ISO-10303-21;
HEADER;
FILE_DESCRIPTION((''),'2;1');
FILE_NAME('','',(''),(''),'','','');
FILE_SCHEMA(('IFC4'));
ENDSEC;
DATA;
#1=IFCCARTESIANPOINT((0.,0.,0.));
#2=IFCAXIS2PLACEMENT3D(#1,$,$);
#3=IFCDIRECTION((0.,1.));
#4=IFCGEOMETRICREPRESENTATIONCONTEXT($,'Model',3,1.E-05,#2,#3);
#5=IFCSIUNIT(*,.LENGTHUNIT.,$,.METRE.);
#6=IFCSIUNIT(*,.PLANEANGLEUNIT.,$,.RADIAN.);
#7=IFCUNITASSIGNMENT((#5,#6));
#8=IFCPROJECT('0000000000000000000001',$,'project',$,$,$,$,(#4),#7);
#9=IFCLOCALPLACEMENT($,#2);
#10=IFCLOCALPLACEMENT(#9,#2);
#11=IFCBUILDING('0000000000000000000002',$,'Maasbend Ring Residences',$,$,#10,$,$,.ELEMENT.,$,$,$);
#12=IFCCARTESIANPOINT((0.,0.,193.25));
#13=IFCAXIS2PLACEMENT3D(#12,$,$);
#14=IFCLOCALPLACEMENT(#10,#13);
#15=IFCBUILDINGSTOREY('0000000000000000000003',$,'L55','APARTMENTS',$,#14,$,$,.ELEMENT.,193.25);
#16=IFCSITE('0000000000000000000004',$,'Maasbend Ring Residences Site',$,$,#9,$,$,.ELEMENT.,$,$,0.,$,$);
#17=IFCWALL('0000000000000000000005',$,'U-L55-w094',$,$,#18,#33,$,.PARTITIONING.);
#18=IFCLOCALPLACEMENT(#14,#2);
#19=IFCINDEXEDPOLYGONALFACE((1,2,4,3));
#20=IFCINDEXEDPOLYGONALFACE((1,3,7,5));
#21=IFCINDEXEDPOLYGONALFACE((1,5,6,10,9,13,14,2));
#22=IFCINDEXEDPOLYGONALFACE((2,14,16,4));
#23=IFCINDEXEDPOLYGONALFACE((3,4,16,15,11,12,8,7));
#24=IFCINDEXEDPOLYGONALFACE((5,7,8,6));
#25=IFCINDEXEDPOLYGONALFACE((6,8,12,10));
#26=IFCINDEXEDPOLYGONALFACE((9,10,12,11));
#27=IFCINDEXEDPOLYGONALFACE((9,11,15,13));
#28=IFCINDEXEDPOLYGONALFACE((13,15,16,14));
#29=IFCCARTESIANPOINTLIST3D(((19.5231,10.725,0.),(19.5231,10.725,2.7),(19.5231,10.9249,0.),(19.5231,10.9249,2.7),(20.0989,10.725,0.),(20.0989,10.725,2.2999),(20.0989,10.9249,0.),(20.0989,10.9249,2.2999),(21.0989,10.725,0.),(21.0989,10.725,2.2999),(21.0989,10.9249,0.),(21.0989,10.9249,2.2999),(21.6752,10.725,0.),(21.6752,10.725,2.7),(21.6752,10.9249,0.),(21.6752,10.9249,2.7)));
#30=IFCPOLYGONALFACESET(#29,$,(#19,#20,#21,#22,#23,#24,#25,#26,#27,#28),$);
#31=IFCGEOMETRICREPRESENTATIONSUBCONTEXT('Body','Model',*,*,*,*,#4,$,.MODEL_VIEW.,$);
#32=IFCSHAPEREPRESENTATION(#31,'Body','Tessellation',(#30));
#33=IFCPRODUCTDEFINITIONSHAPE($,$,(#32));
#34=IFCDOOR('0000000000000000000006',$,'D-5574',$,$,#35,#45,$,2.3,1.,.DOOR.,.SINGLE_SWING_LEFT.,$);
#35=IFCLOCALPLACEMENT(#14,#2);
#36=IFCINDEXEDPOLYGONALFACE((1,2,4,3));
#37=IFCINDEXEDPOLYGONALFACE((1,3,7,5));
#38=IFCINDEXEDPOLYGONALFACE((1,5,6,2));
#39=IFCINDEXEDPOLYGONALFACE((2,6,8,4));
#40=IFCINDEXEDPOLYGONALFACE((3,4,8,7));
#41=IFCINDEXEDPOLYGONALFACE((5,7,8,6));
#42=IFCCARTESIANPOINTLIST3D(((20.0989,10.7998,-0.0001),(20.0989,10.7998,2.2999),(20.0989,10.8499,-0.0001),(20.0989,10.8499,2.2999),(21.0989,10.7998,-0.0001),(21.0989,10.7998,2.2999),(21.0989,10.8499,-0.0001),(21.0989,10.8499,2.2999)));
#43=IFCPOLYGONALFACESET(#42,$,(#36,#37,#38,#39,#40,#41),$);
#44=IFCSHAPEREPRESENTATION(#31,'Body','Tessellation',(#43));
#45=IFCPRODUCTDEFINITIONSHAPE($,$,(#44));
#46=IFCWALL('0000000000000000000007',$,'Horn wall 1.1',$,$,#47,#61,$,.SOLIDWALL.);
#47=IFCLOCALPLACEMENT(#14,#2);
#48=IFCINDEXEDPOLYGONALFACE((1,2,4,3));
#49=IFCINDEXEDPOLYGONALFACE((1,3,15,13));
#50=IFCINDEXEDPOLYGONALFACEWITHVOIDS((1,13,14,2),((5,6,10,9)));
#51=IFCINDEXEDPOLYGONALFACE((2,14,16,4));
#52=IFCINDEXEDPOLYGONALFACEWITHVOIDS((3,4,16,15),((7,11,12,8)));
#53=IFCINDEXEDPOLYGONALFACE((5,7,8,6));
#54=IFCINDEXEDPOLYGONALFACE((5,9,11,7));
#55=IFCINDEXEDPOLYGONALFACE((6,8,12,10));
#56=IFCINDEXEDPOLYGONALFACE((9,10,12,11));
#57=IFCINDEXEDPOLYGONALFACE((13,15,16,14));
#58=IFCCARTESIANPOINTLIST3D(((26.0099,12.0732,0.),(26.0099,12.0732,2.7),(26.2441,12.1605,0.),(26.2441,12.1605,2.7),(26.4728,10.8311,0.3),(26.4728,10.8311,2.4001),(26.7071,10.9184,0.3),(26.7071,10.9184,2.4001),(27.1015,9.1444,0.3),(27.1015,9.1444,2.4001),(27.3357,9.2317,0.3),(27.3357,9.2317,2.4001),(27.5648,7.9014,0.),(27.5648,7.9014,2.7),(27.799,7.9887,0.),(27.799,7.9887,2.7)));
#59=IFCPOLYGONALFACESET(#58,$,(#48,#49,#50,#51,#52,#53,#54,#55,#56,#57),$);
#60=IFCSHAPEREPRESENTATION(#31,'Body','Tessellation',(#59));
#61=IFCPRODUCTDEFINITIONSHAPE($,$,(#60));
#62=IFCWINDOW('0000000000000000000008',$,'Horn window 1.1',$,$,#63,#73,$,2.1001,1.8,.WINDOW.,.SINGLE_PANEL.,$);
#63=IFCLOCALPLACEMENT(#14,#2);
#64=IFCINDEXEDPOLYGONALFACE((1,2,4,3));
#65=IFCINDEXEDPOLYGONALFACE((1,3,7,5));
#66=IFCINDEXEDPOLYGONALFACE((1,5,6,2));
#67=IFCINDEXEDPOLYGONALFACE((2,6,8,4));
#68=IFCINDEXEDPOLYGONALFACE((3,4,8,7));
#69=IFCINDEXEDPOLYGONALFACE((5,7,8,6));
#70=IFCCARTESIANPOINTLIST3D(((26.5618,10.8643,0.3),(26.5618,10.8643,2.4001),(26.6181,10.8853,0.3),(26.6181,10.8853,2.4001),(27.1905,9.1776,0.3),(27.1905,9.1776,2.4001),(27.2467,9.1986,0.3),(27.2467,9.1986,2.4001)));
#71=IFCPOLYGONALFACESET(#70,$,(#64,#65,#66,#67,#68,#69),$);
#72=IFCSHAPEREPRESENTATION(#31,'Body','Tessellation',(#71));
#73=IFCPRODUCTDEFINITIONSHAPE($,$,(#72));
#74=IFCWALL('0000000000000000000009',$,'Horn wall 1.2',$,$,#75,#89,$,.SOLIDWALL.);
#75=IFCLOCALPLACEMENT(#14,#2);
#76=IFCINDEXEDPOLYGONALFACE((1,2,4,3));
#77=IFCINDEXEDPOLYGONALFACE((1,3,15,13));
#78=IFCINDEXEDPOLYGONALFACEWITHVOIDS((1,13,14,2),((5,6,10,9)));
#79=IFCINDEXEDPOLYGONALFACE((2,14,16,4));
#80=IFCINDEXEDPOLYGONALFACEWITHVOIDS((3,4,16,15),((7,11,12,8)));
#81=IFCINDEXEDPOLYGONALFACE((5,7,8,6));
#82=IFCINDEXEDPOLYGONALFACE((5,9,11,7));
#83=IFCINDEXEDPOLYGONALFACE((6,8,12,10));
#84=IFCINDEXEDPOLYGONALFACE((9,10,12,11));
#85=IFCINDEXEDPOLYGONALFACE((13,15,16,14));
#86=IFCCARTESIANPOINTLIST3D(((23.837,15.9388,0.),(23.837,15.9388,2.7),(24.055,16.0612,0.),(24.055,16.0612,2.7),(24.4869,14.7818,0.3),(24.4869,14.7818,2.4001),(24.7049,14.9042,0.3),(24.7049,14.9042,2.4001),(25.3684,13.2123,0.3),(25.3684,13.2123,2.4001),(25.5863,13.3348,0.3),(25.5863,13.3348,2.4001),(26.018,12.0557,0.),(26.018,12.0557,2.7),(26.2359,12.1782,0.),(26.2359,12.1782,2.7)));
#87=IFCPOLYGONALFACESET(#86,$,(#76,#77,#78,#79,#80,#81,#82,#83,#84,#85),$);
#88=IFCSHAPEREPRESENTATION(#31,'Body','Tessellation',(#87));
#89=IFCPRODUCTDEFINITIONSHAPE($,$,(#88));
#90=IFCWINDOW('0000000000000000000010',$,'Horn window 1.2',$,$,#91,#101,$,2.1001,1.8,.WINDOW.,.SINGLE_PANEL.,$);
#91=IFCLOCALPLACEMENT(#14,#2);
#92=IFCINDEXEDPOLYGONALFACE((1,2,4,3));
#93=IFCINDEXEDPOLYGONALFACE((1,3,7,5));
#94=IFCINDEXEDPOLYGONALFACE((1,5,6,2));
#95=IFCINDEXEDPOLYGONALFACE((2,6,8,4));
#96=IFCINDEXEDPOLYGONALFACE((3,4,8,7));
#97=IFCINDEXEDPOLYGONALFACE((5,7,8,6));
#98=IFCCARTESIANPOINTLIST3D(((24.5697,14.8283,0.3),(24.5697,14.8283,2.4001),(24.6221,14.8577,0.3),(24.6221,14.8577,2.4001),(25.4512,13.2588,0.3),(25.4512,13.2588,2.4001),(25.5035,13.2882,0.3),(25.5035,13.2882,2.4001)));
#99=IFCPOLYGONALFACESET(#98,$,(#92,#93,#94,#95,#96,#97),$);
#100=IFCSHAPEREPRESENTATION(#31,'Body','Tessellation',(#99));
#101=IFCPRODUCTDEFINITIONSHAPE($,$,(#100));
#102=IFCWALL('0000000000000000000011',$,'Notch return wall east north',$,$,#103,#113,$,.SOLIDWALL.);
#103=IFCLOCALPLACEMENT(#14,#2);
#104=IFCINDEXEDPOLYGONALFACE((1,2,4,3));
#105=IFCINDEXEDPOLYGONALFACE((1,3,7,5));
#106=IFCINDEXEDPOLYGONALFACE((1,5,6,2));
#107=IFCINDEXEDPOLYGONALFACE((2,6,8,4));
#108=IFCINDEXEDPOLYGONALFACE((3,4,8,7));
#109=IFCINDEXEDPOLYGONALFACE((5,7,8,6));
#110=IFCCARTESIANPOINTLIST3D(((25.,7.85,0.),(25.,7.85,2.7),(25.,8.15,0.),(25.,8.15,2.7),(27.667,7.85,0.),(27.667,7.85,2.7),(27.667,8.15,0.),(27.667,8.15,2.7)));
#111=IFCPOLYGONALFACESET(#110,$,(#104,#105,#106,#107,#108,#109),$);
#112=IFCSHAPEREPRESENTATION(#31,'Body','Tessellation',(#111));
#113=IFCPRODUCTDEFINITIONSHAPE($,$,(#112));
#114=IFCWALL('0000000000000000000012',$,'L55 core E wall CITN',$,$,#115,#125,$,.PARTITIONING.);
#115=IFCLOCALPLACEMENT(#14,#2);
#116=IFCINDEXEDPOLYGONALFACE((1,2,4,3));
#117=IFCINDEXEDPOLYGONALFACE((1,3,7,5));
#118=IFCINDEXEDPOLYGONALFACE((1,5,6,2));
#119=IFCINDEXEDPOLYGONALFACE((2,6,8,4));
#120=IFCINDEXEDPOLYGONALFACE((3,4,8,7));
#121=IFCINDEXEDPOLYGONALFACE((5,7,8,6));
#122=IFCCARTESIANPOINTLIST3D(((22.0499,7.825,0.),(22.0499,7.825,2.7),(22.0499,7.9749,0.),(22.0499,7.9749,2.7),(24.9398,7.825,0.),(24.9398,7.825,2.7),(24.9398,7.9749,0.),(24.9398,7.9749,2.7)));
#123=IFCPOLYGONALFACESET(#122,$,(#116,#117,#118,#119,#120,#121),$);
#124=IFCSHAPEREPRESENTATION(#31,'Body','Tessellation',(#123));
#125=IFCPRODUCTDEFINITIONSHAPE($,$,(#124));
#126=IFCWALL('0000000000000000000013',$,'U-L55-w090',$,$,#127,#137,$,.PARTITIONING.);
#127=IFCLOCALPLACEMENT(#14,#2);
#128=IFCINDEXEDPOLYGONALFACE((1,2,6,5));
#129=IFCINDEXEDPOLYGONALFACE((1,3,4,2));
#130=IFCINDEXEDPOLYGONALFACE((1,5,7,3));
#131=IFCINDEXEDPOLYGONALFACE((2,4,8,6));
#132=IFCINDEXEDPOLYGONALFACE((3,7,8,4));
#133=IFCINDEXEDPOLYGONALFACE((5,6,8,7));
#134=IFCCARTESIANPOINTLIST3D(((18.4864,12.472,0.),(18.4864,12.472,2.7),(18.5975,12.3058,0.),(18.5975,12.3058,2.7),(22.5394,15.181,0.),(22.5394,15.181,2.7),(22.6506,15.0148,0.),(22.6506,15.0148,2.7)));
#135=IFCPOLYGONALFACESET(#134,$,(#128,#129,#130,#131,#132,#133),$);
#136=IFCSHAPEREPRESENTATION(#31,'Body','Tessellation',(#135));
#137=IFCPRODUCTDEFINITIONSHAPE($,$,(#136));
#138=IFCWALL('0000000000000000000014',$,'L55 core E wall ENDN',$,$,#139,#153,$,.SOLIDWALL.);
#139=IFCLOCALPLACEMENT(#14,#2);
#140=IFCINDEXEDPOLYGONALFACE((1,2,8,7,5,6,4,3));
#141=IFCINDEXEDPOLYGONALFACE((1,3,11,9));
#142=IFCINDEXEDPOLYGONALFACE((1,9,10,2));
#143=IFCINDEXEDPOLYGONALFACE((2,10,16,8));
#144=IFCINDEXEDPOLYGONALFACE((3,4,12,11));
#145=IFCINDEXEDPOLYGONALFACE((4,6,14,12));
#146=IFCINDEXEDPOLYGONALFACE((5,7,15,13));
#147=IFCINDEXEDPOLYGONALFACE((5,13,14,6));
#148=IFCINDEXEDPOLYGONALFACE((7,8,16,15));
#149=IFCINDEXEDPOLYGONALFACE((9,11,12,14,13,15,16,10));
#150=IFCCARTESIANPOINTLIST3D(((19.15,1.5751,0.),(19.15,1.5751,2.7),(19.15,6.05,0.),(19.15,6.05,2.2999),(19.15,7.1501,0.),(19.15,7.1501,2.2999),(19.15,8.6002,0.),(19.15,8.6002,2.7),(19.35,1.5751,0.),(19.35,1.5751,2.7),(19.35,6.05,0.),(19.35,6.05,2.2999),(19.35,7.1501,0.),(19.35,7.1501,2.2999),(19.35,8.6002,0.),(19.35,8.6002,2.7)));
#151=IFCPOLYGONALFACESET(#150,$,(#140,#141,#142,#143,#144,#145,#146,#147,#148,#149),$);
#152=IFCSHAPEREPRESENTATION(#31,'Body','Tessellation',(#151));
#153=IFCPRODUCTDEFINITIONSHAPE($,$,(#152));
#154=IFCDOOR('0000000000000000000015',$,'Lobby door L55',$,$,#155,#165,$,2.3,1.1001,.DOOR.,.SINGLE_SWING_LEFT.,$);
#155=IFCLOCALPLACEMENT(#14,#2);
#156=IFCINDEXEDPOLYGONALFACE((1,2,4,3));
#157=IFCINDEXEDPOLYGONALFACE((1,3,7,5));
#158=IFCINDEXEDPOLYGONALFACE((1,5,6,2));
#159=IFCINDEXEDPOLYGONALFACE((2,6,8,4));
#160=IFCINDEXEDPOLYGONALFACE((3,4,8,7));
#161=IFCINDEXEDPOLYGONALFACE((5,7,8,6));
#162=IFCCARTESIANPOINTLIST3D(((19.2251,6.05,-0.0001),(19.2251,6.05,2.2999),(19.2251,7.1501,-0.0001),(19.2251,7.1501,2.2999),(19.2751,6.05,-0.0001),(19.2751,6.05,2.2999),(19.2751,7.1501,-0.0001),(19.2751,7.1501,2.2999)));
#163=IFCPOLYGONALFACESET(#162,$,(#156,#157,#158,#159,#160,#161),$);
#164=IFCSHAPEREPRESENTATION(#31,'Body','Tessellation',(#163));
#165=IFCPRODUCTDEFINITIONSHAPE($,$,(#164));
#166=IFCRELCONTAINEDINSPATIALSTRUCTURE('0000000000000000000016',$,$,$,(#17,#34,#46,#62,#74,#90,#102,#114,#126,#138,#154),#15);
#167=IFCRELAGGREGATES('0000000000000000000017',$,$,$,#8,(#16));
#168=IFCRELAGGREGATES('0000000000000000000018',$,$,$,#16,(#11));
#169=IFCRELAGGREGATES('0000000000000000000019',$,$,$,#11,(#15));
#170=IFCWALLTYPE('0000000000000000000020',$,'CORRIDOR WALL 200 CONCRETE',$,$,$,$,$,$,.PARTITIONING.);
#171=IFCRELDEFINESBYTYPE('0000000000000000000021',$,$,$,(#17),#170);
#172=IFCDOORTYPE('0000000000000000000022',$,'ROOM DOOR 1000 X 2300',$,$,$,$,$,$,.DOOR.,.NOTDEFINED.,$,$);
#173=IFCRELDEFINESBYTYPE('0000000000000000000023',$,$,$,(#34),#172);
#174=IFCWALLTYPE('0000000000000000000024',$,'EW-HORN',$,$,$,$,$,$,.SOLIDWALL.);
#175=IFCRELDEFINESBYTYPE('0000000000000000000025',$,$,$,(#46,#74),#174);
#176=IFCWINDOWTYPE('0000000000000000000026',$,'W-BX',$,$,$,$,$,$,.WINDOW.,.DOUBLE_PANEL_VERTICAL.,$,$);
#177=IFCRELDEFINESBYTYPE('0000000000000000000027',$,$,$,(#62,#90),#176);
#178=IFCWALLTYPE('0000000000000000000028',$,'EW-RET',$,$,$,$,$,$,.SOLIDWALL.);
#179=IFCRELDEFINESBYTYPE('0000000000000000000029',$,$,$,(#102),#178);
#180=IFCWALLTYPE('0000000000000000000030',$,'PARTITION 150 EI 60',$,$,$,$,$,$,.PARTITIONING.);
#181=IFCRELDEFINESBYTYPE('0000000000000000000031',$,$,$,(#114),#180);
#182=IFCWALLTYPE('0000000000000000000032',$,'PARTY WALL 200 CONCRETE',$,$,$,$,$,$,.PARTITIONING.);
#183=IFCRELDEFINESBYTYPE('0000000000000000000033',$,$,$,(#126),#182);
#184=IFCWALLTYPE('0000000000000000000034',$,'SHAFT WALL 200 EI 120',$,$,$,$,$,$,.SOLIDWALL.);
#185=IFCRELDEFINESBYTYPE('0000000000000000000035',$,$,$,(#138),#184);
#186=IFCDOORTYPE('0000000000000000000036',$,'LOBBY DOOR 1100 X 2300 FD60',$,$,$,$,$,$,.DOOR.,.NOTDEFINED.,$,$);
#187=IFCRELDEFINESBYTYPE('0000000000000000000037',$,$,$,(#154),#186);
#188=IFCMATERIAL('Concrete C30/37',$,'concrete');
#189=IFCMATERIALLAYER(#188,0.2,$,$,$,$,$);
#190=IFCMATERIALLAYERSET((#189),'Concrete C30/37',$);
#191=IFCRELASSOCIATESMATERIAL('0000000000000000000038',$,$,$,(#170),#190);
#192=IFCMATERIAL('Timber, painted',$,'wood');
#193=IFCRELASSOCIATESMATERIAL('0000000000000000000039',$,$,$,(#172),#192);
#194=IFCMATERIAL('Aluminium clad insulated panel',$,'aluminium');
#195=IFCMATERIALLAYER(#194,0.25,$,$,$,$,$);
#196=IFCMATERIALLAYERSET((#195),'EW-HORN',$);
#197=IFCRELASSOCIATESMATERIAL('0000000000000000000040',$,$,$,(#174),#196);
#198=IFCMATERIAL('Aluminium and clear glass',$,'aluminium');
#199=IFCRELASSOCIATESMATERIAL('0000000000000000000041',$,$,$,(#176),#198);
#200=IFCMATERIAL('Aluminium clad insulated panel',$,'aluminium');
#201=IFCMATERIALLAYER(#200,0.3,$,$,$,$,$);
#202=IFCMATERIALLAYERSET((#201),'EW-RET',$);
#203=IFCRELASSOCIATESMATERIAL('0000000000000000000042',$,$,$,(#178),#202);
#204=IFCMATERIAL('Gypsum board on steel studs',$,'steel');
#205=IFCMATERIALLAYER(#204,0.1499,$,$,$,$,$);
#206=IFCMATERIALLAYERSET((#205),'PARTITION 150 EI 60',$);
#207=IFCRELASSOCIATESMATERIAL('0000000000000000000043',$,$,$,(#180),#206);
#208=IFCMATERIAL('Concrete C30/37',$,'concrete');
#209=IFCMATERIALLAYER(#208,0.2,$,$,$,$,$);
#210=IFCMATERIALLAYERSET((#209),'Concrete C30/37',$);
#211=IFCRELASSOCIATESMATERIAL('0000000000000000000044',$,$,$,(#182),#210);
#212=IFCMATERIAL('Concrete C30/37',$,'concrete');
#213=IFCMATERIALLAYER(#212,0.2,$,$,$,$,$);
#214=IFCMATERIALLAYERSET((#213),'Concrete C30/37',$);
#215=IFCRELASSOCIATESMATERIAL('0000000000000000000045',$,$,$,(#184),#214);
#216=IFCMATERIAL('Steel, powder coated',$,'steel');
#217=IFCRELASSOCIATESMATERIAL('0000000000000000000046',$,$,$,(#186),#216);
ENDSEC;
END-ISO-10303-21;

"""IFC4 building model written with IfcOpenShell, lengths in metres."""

from ifc_helpers import new_model, si_unit, direction, frame, frame_2d, origin, place, context, subcontext, project, spatial, rectangle, extrude, material, layer, layer_set, type_object, element, fill, save


model = new_model("IFC4")

# Units and contexts
model_context = context("Model", 3, precision=1e-05, world=origin(), true_north=direction((0.0, 1.0)))
body_context = subcontext(model_context, "Body", "Model", "MODEL_VIEW")
ifc_project = project(units=[si_unit("LENGTHUNIT", "METRE"), si_unit("PLANEANGLEUNIT", "RADIAN")], contexts=[model_context])

# Site, building, storey
site_placement = place(None, origin())
site = spatial("IfcSite", under=ifc_project, at=site_placement, Name="Maasbend Ring Residences Site", CompositionType="ELEMENT", RefElevation=0.0)
building_placement = place(site_placement, origin())
building = spatial("IfcBuilding", under=site, at=building_placement, Name="Maasbend Ring Residences", CompositionType="ELEMENT")
storey_placement = place(building_placement, frame((0.0, 0.0, 193.25)))
storey = spatial("IfcBuildingStorey", under=building, at=storey_placement, Name="L55", Description="APARTMENTS", CompositionType="ELEMENT", Elevation=193.25)

# Shared definitions
ifc_material_1 = material(Name="Concrete C30/37", Category="concrete")
ifc_layer_1 = layer(ifc_material_1, 0.2)
ifc_layer_set_1 = layer_set([ifc_layer_1], Name="Concrete C30/37")
wall_type_1 = type_object("IfcWallType", Name="CORRIDOR WALL 200 CONCRETE", PredefinedType="PARTITIONING", material=ifc_layer_set_1)

# Wall, opening, door
wall_1_placement = place(storey_placement, frame((19.5229, 10.825, 0.0), z_axis=(0.0, 0.0, 1.0), x_axis=(1.0, 0.0, 0.0)))
wall_1 = element("IfcWall", 1, at=wall_1_placement, inside=storey, type_object=wall_type_1, Name="U-L55-w094", PredefinedType="PARTITIONING", context=body_context, shape_type="SweptSolid", body=[
    extrude(rectangle(XDim=2.1521, YDim=0.2, at=frame_2d((1.0762, 0.0))), origin(), (0.0, 0.0, 1.0), 2.7),
])
opening_1_placement = place(wall_1_placement, frame((0.5759, 0.0, 0.0)))
opening_1 = element("IfcOpeningElement", 2, at=opening_1_placement, cuts=wall_1, PredefinedType="OPENING", context=body_context, shape_type="SweptSolid", body=[
    extrude(rectangle(XDim=1.0, YDim=2.3, at=frame_2d((0.5, 1.1499))), frame((0.0, 0.1099, 0.0), z_axis=(0.0, -1.0, 0.0), x_axis=(1.0, 0.0, 0.0)), (0.0, 0.0, 1.0), 0.22),
])
ifc_material_2 = material(Name="Timber, painted", Category="wood")
door_type_1 = type_object("IfcDoorType", Name="ROOM DOOR 1000 X 2300", OperationType="NOTDEFINED", PredefinedType="DOOR", material=ifc_material_2)
door_1_placement = place(opening_1_placement, origin())
door_1 = element("IfcDoor", 3, at=door_1_placement, inside=storey, type_object=door_type_1, Name="D-5574", OperationType="SINGLE_SWING_LEFT", OverallHeight=2.3, OverallWidth=1.0, PredefinedType="DOOR", context=body_context, shape_type="SweptSolid", body=[
    extrude(rectangle(XDim=1.0, YDim=2.3, at=frame_2d((0.5, 1.1499))), frame((0.0, 0.0249, 0.0), z_axis=(0.0, -1.0, 0.0), x_axis=(1.0, 0.0, 0.0)), (0.0, 0.0, 1.0), 0.05),
])
fill(opening_1, door_1)

# Walls, openings, windows
ifc_material_3 = material(Name="Aluminium clad insulated panel", Category="aluminium")
ifc_layer_2 = layer(ifc_material_3, 0.25)
ifc_layer_set_2 = layer_set([ifc_layer_2], Name="EW-HORN")
wall_type_2 = type_object("IfcWallType", Name="EW-HORN", PredefinedType="SOLIDWALL", material=ifc_layer_set_2)
wall_2_placement = place(storey_placement, frame((27.6819, 7.9451, 0.0), z_axis=(0.0, 0.0, 1.0), x_axis=(-0.349248, 0.93703, 0.0)))
wall_2 = element("IfcWall", 4, at=wall_2_placement, inside=storey, type_object=wall_type_2, Name="Horn wall 1.1", PredefinedType="SOLIDWALL", context=body_context, shape_type="SweptSolid", body=[
    extrude(rectangle(XDim=4.4521, YDim=0.25, at=frame_2d((2.2261, 0.0))), origin(), (0.0, 0.0, 1.0), 2.7),
])
opening_2_placement = place(wall_2_placement, frame((1.3267, 0.0, 0.3)))
opening_2 = element("IfcOpeningElement", 5, at=opening_2_placement, cuts=wall_2, PredefinedType="OPENING", context=body_context, shape_type="SweptSolid", body=[
    extrude(rectangle(XDim=1.8, YDim=2.1001, at=frame_2d((0.8999, 1.05))), frame((0.0, 0.135, 0.0), z_axis=(0.0, -1.0, 0.0), x_axis=(1.0, 0.0, 0.0)), (0.0, 0.0, 1.0), 0.27),
])
ifc_material_4 = material(Name="Aluminium and clear glass", Category="aluminium")
window_type = type_object("IfcWindowType", Name="W-BX", PartitioningType="DOUBLE_PANEL_VERTICAL", PredefinedType="WINDOW", material=ifc_material_4)
window_1_placement = place(opening_2_placement, origin())
window_1 = element("IfcWindow", 6, at=window_1_placement, inside=storey, type_object=window_type, Name="Horn window 1.1", OverallHeight=2.1001, OverallWidth=1.8, PartitioningType="SINGLE_PANEL", PredefinedType="WINDOW", context=body_context, shape_type="SweptSolid", body=[
    extrude(rectangle(XDim=1.8, YDim=2.1001, at=frame_2d((0.8999, 1.05))), frame((0.0, 0.03, 0.0), z_axis=(0.0, -1.0, 0.0), x_axis=(1.0, 0.0, 0.0)), (0.0, 0.0, 1.0), 0.0601),
])
fill(opening_2, window_1)
wall_3_placement = place(storey_placement, frame((26.127, 12.1169, 0.0), z_axis=(0.0, 0.0, 1.0), x_axis=(-0.489696, 0.871893, 0.0)))
wall_3 = element("IfcWall", 7, at=wall_3_placement, inside=storey, type_object=wall_type_2, Name="Horn wall 1.2", PredefinedType="SOLIDWALL", context=body_context, shape_type="SweptSolid", body=[
    extrude(rectangle(XDim=4.4536, YDim=0.25, at=frame_2d((2.2268, 0.0))), origin(), (0.0, 0.0, 1.0), 2.7),
])
opening_3_placement = place(wall_3_placement, frame((1.3267, 0.0, 0.3)))
opening_3 = element("IfcOpeningElement", 8, at=opening_3_placement, cuts=wall_3, PredefinedType="OPENING", context=body_context, shape_type="SweptSolid", body=[
    extrude(rectangle(XDim=1.8, YDim=2.1001, at=frame_2d((0.8999, 1.05))), frame((0.0, 0.135, 0.0), z_axis=(0.0, -1.0, 0.0), x_axis=(1.0, 0.0, 0.0)), (0.0, 0.0, 1.0), 0.27),
])
window_2_placement = place(opening_3_placement, origin())
window_2 = element("IfcWindow", 9, at=window_2_placement, inside=storey, type_object=window_type, Name="Horn window 1.2", OverallHeight=2.1001, OverallWidth=1.8, PartitioningType="SINGLE_PANEL", PredefinedType="WINDOW", context=body_context, shape_type="SweptSolid", body=[
    extrude(rectangle(XDim=1.8, YDim=2.1001, at=frame_2d((0.8999, 1.05))), frame((0.0, 0.03, 0.0), z_axis=(0.0, -1.0, 0.0), x_axis=(1.0, 0.0, 0.0)), (0.0, 0.0, 1.0), 0.0601),
])
fill(opening_3, window_2)

# Walls
ifc_material_5 = material(Name="Aluminium clad insulated panel", Category="aluminium")
ifc_layer_3 = layer(ifc_material_5, 0.3)
ifc_layer_set_3 = layer_set([ifc_layer_3], Name="EW-RET")
wall_type_3 = type_object("IfcWallType", Name="EW-RET", PredefinedType="SOLIDWALL", material=ifc_layer_set_3)
wall_4_placement = place(storey_placement, frame((25.0, 8.0, 0.0), z_axis=(0.0, 0.0, 1.0), x_axis=(1.0, 0.0, 0.0)))
element("IfcWall", 10, at=wall_4_placement, inside=storey, type_object=wall_type_3, Name="Notch return wall east north", PredefinedType="SOLIDWALL", context=body_context, shape_type="SweptSolid", body=[
    extrude(rectangle(XDim=2.667, YDim=0.3, at=frame_2d((1.3335, 0.0))), origin(), (0.0, 0.0, 1.0), 2.7),
])
ifc_material_6 = material(Name="Gypsum board on steel studs", Category="steel")
ifc_layer_4 = layer(ifc_material_6, 0.1499)
ifc_layer_set_4 = layer_set([ifc_layer_4], Name="PARTITION 150 EI 60")
wall_type_4 = type_object("IfcWallType", Name="PARTITION 150 EI 60", PredefinedType="PARTITIONING", material=ifc_layer_set_4)
wall_5_placement = place(storey_placement, frame((22.05, 7.8999, 0.0), z_axis=(0.0, 0.0, 1.0), x_axis=(1.0, 0.0, 0.0)))
element("IfcWall", 11, at=wall_5_placement, inside=storey, type_object=wall_type_4, Name="L55 core E wall CITN", PredefinedType="PARTITIONING", context=body_context, shape_type="SweptSolid", body=[
    extrude(rectangle(XDim=2.8899, YDim=0.1499, at=frame_2d((1.4448, 0.0))), origin(), (0.0, 0.0, 1.0), 2.7),
])
ifc_material_7 = material(Name="Concrete C30/37", Category="concrete")
ifc_layer_5 = layer(ifc_material_7, 0.2)
ifc_layer_set_5 = layer_set([ifc_layer_5], Name="Concrete C30/37")
wall_type_5 = type_object("IfcWallType", Name="PARTY WALL 200 CONCRETE", PredefinedType="PARTITIONING", material=ifc_layer_set_5)
wall_6_placement = place(storey_placement, frame((18.542, 12.3889, 0.0), z_axis=(0.0, 0.0, 1.0), x_axis=(0.831387, 0.555694, 0.0)))
element("IfcWall", 12, at=wall_6_placement, inside=storey, type_object=wall_type_5, Name="U-L55-w090", PredefinedType="PARTITIONING", context=body_context, shape_type="SweptSolid", body=[
    extrude(rectangle(XDim=4.875, YDim=0.2, at=frame_2d((2.4375, 0.0))), origin(), (0.0, 0.0, 1.0), 2.7),
])

# Wall, opening, door
ifc_material_8 = material(Name="Concrete C30/37", Category="concrete")
ifc_layer_6 = layer(ifc_material_8, 0.2)
ifc_layer_set_6 = layer_set([ifc_layer_6], Name="Concrete C30/37")
wall_type_6 = type_object("IfcWallType", Name="SHAFT WALL 200 EI 120", PredefinedType="SOLIDWALL", material=ifc_layer_set_6)
wall_7_placement = place(storey_placement, frame((19.25, 1.575, 0.0), z_axis=(0.0, 0.0, 1.0), x_axis=(0.0, 1.0, 0.0)))
wall_7 = element("IfcWall", 13, at=wall_7_placement, inside=storey, type_object=wall_type_6, Name="L55 core E wall ENDN", PredefinedType="SOLIDWALL", context=body_context, shape_type="SweptSolid", body=[
    extrude(rectangle(XDim=7.0251, YDim=0.2, at=frame_2d((3.5127, 0.0))), origin(), (0.0, 0.0, 1.0), 2.7),
])
opening_4_placement = place(wall_7_placement, frame((4.4751, 0.0, 0.0)))
opening_4 = element("IfcOpeningElement", 14, at=opening_4_placement, cuts=wall_7, PredefinedType="OPENING", context=body_context, shape_type="SweptSolid", body=[
    extrude(rectangle(XDim=1.1001, YDim=2.3, at=frame_2d((0.55, 1.1499))), frame((0.0, 0.1099, 0.0), z_axis=(0.0, -1.0, 0.0), x_axis=(1.0, 0.0, 0.0)), (0.0, 0.0, 1.0), 0.22),
])
ifc_material_9 = material(Name="Steel, powder coated", Category="steel")
door_type_2 = type_object("IfcDoorType", Name="LOBBY DOOR 1100 X 2300 FD60", OperationType="NOTDEFINED", PredefinedType="DOOR", material=ifc_material_9)
door_2_placement = place(opening_4_placement, origin())
door_2 = element("IfcDoor", 15, at=door_2_placement, inside=storey, type_object=door_type_2, Name="Lobby door L55", OperationType="SINGLE_SWING_LEFT", OverallHeight=2.3, OverallWidth=1.1001, PredefinedType="DOOR", context=body_context, shape_type="SweptSolid", body=[
    extrude(rectangle(XDim=1.1001, YDim=2.3, at=frame_2d((0.55, 1.1499))), frame((0.0, 0.0249, 0.0), z_axis=(0.0, -1.0, 0.0), x_axis=(1.0, 0.0, 0.0)), (0.0, 0.0, 1.0), 0.05),
])
fill(opening_4, door_2)

save(model, "model.ifc")
